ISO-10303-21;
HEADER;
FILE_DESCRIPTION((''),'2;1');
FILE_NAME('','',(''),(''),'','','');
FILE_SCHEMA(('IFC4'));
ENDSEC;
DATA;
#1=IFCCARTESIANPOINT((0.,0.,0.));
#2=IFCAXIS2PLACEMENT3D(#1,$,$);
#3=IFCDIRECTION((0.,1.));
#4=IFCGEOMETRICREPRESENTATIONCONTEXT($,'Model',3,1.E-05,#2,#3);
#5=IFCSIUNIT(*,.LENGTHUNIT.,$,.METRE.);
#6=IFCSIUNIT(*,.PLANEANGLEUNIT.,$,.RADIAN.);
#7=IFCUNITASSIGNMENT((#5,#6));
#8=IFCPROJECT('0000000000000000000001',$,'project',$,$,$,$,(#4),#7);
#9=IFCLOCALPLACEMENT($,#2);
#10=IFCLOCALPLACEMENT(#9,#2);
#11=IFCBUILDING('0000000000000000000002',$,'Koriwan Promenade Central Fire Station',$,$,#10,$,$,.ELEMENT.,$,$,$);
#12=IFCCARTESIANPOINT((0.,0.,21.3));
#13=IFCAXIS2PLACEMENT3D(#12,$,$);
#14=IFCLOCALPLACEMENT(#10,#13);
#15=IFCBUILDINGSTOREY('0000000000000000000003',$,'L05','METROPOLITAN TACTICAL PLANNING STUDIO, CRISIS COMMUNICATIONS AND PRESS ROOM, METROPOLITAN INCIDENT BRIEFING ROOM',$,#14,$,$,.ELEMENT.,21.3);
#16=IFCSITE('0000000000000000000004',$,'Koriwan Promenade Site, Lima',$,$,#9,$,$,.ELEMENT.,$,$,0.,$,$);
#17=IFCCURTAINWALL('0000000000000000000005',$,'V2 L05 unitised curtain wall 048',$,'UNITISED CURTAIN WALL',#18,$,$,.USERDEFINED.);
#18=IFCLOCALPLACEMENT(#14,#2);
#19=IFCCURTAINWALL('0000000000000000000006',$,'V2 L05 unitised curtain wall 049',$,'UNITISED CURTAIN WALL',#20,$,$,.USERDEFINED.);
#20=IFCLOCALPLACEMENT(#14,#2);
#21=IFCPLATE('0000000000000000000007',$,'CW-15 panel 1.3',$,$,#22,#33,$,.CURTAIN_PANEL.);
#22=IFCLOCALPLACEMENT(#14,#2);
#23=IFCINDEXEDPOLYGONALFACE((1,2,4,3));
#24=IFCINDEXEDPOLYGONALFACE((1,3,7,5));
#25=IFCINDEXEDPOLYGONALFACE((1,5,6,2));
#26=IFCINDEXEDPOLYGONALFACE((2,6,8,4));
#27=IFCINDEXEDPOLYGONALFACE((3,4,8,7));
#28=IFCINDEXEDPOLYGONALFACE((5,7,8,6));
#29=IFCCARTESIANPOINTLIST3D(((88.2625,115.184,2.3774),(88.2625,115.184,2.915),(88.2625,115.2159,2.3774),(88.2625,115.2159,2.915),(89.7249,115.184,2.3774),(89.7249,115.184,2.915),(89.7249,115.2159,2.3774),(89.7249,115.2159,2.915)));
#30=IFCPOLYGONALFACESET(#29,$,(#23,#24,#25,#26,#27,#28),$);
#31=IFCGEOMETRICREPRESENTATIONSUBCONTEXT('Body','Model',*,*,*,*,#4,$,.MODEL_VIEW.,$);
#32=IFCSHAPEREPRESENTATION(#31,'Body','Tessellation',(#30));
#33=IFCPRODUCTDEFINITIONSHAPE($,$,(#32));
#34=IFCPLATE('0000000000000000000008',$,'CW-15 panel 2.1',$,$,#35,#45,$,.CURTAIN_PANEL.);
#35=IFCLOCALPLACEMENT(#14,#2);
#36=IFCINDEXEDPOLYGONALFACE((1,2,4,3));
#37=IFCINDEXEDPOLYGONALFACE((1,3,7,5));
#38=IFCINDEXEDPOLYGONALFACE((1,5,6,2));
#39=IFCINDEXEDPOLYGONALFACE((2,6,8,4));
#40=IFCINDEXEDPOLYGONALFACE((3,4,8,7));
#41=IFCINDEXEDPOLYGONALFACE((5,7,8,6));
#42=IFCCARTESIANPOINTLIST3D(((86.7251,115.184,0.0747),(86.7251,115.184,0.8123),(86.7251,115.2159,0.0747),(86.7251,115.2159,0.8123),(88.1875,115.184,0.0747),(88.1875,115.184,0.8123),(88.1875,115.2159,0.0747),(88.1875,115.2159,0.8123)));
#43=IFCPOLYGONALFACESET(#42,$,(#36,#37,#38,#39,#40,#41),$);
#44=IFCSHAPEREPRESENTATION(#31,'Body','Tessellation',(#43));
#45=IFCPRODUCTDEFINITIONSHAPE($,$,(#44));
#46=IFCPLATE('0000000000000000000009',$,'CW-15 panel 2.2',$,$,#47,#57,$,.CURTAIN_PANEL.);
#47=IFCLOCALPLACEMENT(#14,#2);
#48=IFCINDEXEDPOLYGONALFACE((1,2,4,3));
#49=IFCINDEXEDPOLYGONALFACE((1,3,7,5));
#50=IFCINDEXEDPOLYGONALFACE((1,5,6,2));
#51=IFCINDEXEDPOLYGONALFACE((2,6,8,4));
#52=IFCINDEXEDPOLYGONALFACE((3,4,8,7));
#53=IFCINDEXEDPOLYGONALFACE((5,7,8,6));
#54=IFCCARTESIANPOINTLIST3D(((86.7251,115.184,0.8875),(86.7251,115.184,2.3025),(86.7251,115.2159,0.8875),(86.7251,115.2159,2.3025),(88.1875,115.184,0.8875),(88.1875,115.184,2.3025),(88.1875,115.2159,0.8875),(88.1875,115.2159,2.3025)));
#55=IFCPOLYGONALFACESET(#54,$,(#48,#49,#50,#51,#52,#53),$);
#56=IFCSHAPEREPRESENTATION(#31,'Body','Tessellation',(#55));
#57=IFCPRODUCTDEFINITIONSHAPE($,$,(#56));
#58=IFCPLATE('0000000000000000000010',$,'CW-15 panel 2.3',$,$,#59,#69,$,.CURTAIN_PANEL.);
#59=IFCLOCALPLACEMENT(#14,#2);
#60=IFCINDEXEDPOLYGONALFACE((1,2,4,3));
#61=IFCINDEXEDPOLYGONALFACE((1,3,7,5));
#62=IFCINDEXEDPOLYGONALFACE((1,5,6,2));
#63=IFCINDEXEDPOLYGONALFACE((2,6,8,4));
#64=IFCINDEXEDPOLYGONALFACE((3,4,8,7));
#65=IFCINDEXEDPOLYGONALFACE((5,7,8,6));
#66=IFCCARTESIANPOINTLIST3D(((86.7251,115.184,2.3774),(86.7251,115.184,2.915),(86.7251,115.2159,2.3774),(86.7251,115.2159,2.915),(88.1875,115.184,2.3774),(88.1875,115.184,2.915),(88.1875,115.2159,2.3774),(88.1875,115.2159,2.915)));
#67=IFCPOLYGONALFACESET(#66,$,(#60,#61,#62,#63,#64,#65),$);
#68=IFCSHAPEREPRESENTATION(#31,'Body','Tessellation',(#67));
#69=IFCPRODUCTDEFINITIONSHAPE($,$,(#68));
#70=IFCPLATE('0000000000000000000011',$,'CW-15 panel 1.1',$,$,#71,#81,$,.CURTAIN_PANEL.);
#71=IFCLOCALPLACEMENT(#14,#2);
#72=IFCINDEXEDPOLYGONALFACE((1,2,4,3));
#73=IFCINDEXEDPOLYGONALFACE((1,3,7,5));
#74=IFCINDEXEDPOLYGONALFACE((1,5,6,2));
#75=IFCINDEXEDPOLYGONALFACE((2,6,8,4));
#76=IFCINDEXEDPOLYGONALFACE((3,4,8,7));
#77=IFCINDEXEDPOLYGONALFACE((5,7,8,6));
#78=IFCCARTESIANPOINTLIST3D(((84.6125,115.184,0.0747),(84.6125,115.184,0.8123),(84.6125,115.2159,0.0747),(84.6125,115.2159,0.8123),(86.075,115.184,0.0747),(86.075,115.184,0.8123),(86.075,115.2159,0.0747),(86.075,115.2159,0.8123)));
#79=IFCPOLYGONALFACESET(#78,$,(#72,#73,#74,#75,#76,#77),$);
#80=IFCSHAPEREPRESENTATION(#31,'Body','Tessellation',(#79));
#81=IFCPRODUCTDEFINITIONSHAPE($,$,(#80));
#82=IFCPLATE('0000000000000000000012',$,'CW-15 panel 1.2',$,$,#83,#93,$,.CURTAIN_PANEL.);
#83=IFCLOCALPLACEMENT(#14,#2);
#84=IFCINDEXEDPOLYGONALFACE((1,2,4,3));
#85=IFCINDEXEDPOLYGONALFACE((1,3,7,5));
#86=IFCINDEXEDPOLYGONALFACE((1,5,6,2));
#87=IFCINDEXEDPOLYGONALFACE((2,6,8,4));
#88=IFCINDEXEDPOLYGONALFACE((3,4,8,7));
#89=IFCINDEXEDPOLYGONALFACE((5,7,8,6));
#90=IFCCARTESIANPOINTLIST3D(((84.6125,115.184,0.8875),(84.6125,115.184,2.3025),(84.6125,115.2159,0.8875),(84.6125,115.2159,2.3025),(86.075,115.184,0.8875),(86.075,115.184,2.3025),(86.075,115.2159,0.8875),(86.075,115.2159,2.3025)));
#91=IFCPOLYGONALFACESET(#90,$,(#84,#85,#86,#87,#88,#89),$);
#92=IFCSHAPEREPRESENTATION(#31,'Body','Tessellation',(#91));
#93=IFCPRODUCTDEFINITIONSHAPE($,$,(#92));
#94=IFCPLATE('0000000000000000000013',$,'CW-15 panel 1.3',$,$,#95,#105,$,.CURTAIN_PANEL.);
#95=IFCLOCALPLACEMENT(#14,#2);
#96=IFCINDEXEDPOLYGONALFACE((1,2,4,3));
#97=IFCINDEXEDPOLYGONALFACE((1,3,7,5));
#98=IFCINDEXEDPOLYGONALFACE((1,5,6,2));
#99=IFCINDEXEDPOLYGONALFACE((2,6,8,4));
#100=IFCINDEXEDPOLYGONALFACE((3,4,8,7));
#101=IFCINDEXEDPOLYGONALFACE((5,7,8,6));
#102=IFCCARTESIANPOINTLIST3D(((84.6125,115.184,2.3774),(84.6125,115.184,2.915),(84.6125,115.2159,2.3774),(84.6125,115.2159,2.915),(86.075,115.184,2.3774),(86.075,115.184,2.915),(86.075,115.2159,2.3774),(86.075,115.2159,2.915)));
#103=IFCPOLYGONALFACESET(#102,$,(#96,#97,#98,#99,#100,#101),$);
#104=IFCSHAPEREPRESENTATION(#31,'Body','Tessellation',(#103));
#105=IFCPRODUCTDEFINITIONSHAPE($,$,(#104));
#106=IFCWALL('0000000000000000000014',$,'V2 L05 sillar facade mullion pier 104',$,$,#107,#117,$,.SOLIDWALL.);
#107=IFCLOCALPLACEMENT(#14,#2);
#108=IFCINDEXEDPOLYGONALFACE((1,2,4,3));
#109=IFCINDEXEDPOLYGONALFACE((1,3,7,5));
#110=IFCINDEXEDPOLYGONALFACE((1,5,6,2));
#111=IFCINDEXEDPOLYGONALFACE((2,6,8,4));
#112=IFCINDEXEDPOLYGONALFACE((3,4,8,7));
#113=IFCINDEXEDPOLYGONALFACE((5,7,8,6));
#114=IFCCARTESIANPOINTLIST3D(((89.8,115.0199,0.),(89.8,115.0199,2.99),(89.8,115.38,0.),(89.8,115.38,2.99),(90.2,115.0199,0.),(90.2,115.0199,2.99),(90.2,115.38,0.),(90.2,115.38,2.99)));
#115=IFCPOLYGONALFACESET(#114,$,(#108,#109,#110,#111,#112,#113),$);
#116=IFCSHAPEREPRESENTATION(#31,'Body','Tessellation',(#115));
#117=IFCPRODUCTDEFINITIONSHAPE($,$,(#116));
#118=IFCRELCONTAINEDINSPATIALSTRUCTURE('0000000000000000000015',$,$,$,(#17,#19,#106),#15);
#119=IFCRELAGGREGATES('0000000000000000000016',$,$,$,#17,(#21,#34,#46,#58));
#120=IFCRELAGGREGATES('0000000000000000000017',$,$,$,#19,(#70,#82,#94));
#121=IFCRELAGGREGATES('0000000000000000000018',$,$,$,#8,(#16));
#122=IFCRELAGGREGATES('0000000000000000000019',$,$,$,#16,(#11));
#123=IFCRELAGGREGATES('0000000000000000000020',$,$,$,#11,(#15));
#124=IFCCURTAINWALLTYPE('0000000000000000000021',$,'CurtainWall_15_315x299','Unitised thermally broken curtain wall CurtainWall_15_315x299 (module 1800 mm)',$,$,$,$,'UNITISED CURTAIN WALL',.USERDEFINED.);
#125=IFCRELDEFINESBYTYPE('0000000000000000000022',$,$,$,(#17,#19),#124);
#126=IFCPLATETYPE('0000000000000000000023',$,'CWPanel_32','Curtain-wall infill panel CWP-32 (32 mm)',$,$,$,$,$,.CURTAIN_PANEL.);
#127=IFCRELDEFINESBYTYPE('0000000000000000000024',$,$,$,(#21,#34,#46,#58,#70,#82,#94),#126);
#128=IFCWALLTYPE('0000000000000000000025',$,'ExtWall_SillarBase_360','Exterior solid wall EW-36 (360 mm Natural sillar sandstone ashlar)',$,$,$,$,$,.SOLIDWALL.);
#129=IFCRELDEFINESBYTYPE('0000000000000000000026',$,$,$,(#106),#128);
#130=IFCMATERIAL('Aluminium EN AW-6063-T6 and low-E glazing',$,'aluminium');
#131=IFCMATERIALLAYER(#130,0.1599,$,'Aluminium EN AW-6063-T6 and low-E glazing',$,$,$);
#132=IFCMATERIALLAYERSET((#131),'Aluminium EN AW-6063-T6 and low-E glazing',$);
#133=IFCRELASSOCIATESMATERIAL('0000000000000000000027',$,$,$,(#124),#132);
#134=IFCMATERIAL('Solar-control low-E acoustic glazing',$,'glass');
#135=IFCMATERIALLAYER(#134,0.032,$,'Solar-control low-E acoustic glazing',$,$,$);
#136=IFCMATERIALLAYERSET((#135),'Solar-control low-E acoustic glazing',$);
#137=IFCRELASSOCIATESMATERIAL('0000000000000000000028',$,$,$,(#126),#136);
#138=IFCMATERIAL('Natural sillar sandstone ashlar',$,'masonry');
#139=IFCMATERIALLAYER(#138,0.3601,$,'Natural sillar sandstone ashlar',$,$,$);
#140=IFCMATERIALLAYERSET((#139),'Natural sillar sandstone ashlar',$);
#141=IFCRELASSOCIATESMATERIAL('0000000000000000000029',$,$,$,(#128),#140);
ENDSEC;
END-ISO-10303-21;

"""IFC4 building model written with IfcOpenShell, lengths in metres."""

from ifc_helpers import new_model, si_unit, direction, frame, frame_2d, origin, origin_2d, place, context, subcontext, project, spatial, rectangle, extrude, material, layer, layer_set, type_object, element, aggregate, save


model = new_model("IFC4")

# Units and contexts
model_context = context("Model", 3, precision=1e-05, world=origin(), true_north=direction((0.0, 1.0)))
body_context = subcontext(model_context, "Body", "Model", "MODEL_VIEW")
ifc_project = project(units=[si_unit("LENGTHUNIT", "METRE"), si_unit("PLANEANGLEUNIT", "RADIAN")], contexts=[model_context])

# Site, building, storey
site_placement = place(None, origin())
site = spatial("IfcSite", under=ifc_project, at=site_placement, Name="Koriwan Promenade Site, Lima", CompositionType="ELEMENT", RefElevation=0.0)
building_placement = place(site_placement, origin())
building = spatial("IfcBuilding", under=site, at=building_placement, Name="Koriwan Promenade Central Fire Station", CompositionType="ELEMENT")
storey_placement = place(building_placement, frame((0.0, 0.0, 21.3)))
storey = spatial("IfcBuildingStorey", under=building, at=storey_placement, Name="L05", Description="METROPOLITAN TACTICAL PLANNING STUDIO, CRISIS COMMUNICATIONS AND PRESS ROOM, METROPOLITAN INCIDENT BRIEFING ROOM", CompositionType="ELEMENT", Elevation=21.3)

# Shared definitions
ifc_material_1 = material(Name="Aluminium EN AW-6063-T6 and low-E glazing", Category="aluminium")
ifc_layer_1 = layer(ifc_material_1, 0.1599, Name="Aluminium EN AW-6063-T6 and low-E glazing")
ifc_layer_set_1 = layer_set([ifc_layer_1], Name="Aluminium EN AW-6063-T6 and low-E glazing")
curtain_wall_type = type_object("IfcCurtainWallType", Name="CurtainWall_15_315x299", Description="Unitised thermally broken curtain wall CurtainWall_15_315x299 (module 1800 mm)", ElementType="UNITISED CURTAIN WALL", PredefinedType="USERDEFINED", material=ifc_layer_set_1)

# Curtain walls
curtain_wall_1_placement = place(storey_placement, origin())
curtain_wall_1 = element("IfcCurtainWall", 1, at=curtain_wall_1_placement, inside=storey, type_object=curtain_wall_type, Name="V2 L05 unitised curtain wall 048", ObjectType="UNITISED CURTAIN WALL", PredefinedType="USERDEFINED")
curtain_wall_2_placement = place(storey_placement, origin())
curtain_wall_2 = element("IfcCurtainWall", 2, at=curtain_wall_2_placement, inside=storey, type_object=curtain_wall_type, Name="V2 L05 unitised curtain wall 049", ObjectType="UNITISED CURTAIN WALL", PredefinedType="USERDEFINED")

# Plates
ifc_material_2 = material(Name="Solar-control low-E acoustic glazing", Category="glass")
ifc_layer_2 = layer(ifc_material_2, 0.032, Name="Solar-control low-E acoustic glazing")
ifc_layer_set_2 = layer_set([ifc_layer_2], Name="Solar-control low-E acoustic glazing")
plate_type = type_object("IfcPlateType", Name="CWPanel_32", Description="Curtain-wall infill panel CWP-32 (32 mm)", PredefinedType="CURTAIN_PANEL", material=ifc_layer_set_2)
plate_1_placement = place(storey_placement, frame((88.9937, 115.2, 2.3774), z_axis=(0.0, 0.0, 1.0), x_axis=(-1.0, 0.0, 0.0)))
plate_1 = element("IfcPlate", 3, at=plate_1_placement, type_object=plate_type, Name="CW-15 panel 1.3", PredefinedType="CURTAIN_PANEL", context=body_context, shape_type="SweptSolid", body=[
    extrude(rectangle(XDim=1.4624, YDim=0.032, at=origin_2d()), origin(), (0.0, 0.0, 1.0), 0.5376),
])
plate_2_placement = place(storey_placement, frame((87.4563, 115.2, 0.0747), z_axis=(0.0, 0.0, 1.0), x_axis=(-1.0, 0.0, 0.0)))
plate_2 = element("IfcPlate", 4, at=plate_2_placement, type_object=plate_type, Name="CW-15 panel 2.1", PredefinedType="CURTAIN_PANEL", context=body_context, shape_type="SweptSolid", body=[
    extrude(rectangle(XDim=1.4624, YDim=0.032, at=origin_2d()), origin(), (0.0, 0.0, 1.0), 0.7375),
])
plate_3_placement = place(storey_placement, frame((87.4563, 115.2, 0.8875), z_axis=(0.0, 0.0, 1.0), x_axis=(-1.0, 0.0, 0.0)))
plate_3 = element("IfcPlate", 5, at=plate_3_placement, type_object=plate_type, Name="CW-15 panel 2.2", PredefinedType="CURTAIN_PANEL", context=body_context, shape_type="SweptSolid", body=[
    extrude(rectangle(XDim=1.4624, YDim=0.032, at=origin_2d()), origin(), (0.0, 0.0, 1.0), 1.415),
])
plate_4_placement = place(storey_placement, frame((87.4563, 115.2, 2.3774), z_axis=(0.0, 0.0, 1.0), x_axis=(-1.0, 0.0, 0.0)))
plate_4 = element("IfcPlate", 6, at=plate_4_placement, type_object=plate_type, Name="CW-15 panel 2.3", PredefinedType="CURTAIN_PANEL", context=body_context, shape_type="SweptSolid", body=[
    extrude(rectangle(XDim=1.4624, YDim=0.032, at=origin_2d()), origin(), (0.0, 0.0, 1.0), 0.5376),
])
aggregate(curtain_wall_1, [plate_1, plate_2, plate_3, plate_4])
plate_5_placement = place(storey_placement, frame((85.3438, 115.2, 0.0747), z_axis=(0.0, 0.0, 1.0), x_axis=(-1.0, 0.0, 0.0)))
plate_5 = element("IfcPlate", 7, at=plate_5_placement, type_object=plate_type, Name="CW-15 panel 1.1", PredefinedType="CURTAIN_PANEL", context=body_context, shape_type="SweptSolid", body=[
    extrude(rectangle(XDim=1.4624, YDim=0.032, at=origin_2d()), origin(), (0.0, 0.0, 1.0), 0.7375),
])
plate_6_placement = place(storey_placement, frame((85.3438, 115.2, 0.8875), z_axis=(0.0, 0.0, 1.0), x_axis=(-1.0, 0.0, 0.0)))
plate_6 = element("IfcPlate", 8, at=plate_6_placement, type_object=plate_type, Name="CW-15 panel 1.2", PredefinedType="CURTAIN_PANEL", context=body_context, shape_type="SweptSolid", body=[
    extrude(rectangle(XDim=1.4624, YDim=0.032, at=origin_2d()), origin(), (0.0, 0.0, 1.0), 1.415),
])
plate_7_placement = place(storey_placement, frame((85.3438, 115.2, 2.3774), z_axis=(0.0, 0.0, 1.0), x_axis=(-1.0, 0.0, 0.0)))
plate_7 = element("IfcPlate", 9, at=plate_7_placement, type_object=plate_type, Name="CW-15 panel 1.3", PredefinedType="CURTAIN_PANEL", context=body_context, shape_type="SweptSolid", body=[
    extrude(rectangle(XDim=1.4624, YDim=0.032, at=origin_2d()), origin(), (0.0, 0.0, 1.0), 0.5376),
])
aggregate(curtain_wall_2, [plate_5, plate_6, plate_7])

# Wall
ifc_material_3 = material(Name="Natural sillar sandstone ashlar", Category="masonry")
ifc_layer_3 = layer(ifc_material_3, 0.3601, Name="Natural sillar sandstone ashlar")
ifc_layer_set_3 = layer_set([ifc_layer_3], Name="Natural sillar sandstone ashlar")
wall_type = type_object("IfcWallType", Name="ExtWall_SillarBase_360", Description="Exterior solid wall EW-36 (360 mm Natural sillar sandstone ashlar)", PredefinedType="SOLIDWALL", material=ifc_layer_set_3)
wall_placement = place(storey_placement, frame((90.2, 115.2, 0.0), z_axis=(0.0, 0.0, 1.0), x_axis=(-1.0, 0.0, 0.0)))
element("IfcWall", 10, at=wall_placement, inside=storey, type_object=wall_type, Name="V2 L05 sillar facade mullion pier 104", PredefinedType="SOLIDWALL", context=body_context, shape_type="SweptSolid", body=[
    extrude(rectangle(XDim=0.3999, YDim=0.3601, at=frame_2d((0.2, 0.0))), origin(), (0.0, 0.0, 1.0), 2.99),
])

save(model, "model.ifc")
